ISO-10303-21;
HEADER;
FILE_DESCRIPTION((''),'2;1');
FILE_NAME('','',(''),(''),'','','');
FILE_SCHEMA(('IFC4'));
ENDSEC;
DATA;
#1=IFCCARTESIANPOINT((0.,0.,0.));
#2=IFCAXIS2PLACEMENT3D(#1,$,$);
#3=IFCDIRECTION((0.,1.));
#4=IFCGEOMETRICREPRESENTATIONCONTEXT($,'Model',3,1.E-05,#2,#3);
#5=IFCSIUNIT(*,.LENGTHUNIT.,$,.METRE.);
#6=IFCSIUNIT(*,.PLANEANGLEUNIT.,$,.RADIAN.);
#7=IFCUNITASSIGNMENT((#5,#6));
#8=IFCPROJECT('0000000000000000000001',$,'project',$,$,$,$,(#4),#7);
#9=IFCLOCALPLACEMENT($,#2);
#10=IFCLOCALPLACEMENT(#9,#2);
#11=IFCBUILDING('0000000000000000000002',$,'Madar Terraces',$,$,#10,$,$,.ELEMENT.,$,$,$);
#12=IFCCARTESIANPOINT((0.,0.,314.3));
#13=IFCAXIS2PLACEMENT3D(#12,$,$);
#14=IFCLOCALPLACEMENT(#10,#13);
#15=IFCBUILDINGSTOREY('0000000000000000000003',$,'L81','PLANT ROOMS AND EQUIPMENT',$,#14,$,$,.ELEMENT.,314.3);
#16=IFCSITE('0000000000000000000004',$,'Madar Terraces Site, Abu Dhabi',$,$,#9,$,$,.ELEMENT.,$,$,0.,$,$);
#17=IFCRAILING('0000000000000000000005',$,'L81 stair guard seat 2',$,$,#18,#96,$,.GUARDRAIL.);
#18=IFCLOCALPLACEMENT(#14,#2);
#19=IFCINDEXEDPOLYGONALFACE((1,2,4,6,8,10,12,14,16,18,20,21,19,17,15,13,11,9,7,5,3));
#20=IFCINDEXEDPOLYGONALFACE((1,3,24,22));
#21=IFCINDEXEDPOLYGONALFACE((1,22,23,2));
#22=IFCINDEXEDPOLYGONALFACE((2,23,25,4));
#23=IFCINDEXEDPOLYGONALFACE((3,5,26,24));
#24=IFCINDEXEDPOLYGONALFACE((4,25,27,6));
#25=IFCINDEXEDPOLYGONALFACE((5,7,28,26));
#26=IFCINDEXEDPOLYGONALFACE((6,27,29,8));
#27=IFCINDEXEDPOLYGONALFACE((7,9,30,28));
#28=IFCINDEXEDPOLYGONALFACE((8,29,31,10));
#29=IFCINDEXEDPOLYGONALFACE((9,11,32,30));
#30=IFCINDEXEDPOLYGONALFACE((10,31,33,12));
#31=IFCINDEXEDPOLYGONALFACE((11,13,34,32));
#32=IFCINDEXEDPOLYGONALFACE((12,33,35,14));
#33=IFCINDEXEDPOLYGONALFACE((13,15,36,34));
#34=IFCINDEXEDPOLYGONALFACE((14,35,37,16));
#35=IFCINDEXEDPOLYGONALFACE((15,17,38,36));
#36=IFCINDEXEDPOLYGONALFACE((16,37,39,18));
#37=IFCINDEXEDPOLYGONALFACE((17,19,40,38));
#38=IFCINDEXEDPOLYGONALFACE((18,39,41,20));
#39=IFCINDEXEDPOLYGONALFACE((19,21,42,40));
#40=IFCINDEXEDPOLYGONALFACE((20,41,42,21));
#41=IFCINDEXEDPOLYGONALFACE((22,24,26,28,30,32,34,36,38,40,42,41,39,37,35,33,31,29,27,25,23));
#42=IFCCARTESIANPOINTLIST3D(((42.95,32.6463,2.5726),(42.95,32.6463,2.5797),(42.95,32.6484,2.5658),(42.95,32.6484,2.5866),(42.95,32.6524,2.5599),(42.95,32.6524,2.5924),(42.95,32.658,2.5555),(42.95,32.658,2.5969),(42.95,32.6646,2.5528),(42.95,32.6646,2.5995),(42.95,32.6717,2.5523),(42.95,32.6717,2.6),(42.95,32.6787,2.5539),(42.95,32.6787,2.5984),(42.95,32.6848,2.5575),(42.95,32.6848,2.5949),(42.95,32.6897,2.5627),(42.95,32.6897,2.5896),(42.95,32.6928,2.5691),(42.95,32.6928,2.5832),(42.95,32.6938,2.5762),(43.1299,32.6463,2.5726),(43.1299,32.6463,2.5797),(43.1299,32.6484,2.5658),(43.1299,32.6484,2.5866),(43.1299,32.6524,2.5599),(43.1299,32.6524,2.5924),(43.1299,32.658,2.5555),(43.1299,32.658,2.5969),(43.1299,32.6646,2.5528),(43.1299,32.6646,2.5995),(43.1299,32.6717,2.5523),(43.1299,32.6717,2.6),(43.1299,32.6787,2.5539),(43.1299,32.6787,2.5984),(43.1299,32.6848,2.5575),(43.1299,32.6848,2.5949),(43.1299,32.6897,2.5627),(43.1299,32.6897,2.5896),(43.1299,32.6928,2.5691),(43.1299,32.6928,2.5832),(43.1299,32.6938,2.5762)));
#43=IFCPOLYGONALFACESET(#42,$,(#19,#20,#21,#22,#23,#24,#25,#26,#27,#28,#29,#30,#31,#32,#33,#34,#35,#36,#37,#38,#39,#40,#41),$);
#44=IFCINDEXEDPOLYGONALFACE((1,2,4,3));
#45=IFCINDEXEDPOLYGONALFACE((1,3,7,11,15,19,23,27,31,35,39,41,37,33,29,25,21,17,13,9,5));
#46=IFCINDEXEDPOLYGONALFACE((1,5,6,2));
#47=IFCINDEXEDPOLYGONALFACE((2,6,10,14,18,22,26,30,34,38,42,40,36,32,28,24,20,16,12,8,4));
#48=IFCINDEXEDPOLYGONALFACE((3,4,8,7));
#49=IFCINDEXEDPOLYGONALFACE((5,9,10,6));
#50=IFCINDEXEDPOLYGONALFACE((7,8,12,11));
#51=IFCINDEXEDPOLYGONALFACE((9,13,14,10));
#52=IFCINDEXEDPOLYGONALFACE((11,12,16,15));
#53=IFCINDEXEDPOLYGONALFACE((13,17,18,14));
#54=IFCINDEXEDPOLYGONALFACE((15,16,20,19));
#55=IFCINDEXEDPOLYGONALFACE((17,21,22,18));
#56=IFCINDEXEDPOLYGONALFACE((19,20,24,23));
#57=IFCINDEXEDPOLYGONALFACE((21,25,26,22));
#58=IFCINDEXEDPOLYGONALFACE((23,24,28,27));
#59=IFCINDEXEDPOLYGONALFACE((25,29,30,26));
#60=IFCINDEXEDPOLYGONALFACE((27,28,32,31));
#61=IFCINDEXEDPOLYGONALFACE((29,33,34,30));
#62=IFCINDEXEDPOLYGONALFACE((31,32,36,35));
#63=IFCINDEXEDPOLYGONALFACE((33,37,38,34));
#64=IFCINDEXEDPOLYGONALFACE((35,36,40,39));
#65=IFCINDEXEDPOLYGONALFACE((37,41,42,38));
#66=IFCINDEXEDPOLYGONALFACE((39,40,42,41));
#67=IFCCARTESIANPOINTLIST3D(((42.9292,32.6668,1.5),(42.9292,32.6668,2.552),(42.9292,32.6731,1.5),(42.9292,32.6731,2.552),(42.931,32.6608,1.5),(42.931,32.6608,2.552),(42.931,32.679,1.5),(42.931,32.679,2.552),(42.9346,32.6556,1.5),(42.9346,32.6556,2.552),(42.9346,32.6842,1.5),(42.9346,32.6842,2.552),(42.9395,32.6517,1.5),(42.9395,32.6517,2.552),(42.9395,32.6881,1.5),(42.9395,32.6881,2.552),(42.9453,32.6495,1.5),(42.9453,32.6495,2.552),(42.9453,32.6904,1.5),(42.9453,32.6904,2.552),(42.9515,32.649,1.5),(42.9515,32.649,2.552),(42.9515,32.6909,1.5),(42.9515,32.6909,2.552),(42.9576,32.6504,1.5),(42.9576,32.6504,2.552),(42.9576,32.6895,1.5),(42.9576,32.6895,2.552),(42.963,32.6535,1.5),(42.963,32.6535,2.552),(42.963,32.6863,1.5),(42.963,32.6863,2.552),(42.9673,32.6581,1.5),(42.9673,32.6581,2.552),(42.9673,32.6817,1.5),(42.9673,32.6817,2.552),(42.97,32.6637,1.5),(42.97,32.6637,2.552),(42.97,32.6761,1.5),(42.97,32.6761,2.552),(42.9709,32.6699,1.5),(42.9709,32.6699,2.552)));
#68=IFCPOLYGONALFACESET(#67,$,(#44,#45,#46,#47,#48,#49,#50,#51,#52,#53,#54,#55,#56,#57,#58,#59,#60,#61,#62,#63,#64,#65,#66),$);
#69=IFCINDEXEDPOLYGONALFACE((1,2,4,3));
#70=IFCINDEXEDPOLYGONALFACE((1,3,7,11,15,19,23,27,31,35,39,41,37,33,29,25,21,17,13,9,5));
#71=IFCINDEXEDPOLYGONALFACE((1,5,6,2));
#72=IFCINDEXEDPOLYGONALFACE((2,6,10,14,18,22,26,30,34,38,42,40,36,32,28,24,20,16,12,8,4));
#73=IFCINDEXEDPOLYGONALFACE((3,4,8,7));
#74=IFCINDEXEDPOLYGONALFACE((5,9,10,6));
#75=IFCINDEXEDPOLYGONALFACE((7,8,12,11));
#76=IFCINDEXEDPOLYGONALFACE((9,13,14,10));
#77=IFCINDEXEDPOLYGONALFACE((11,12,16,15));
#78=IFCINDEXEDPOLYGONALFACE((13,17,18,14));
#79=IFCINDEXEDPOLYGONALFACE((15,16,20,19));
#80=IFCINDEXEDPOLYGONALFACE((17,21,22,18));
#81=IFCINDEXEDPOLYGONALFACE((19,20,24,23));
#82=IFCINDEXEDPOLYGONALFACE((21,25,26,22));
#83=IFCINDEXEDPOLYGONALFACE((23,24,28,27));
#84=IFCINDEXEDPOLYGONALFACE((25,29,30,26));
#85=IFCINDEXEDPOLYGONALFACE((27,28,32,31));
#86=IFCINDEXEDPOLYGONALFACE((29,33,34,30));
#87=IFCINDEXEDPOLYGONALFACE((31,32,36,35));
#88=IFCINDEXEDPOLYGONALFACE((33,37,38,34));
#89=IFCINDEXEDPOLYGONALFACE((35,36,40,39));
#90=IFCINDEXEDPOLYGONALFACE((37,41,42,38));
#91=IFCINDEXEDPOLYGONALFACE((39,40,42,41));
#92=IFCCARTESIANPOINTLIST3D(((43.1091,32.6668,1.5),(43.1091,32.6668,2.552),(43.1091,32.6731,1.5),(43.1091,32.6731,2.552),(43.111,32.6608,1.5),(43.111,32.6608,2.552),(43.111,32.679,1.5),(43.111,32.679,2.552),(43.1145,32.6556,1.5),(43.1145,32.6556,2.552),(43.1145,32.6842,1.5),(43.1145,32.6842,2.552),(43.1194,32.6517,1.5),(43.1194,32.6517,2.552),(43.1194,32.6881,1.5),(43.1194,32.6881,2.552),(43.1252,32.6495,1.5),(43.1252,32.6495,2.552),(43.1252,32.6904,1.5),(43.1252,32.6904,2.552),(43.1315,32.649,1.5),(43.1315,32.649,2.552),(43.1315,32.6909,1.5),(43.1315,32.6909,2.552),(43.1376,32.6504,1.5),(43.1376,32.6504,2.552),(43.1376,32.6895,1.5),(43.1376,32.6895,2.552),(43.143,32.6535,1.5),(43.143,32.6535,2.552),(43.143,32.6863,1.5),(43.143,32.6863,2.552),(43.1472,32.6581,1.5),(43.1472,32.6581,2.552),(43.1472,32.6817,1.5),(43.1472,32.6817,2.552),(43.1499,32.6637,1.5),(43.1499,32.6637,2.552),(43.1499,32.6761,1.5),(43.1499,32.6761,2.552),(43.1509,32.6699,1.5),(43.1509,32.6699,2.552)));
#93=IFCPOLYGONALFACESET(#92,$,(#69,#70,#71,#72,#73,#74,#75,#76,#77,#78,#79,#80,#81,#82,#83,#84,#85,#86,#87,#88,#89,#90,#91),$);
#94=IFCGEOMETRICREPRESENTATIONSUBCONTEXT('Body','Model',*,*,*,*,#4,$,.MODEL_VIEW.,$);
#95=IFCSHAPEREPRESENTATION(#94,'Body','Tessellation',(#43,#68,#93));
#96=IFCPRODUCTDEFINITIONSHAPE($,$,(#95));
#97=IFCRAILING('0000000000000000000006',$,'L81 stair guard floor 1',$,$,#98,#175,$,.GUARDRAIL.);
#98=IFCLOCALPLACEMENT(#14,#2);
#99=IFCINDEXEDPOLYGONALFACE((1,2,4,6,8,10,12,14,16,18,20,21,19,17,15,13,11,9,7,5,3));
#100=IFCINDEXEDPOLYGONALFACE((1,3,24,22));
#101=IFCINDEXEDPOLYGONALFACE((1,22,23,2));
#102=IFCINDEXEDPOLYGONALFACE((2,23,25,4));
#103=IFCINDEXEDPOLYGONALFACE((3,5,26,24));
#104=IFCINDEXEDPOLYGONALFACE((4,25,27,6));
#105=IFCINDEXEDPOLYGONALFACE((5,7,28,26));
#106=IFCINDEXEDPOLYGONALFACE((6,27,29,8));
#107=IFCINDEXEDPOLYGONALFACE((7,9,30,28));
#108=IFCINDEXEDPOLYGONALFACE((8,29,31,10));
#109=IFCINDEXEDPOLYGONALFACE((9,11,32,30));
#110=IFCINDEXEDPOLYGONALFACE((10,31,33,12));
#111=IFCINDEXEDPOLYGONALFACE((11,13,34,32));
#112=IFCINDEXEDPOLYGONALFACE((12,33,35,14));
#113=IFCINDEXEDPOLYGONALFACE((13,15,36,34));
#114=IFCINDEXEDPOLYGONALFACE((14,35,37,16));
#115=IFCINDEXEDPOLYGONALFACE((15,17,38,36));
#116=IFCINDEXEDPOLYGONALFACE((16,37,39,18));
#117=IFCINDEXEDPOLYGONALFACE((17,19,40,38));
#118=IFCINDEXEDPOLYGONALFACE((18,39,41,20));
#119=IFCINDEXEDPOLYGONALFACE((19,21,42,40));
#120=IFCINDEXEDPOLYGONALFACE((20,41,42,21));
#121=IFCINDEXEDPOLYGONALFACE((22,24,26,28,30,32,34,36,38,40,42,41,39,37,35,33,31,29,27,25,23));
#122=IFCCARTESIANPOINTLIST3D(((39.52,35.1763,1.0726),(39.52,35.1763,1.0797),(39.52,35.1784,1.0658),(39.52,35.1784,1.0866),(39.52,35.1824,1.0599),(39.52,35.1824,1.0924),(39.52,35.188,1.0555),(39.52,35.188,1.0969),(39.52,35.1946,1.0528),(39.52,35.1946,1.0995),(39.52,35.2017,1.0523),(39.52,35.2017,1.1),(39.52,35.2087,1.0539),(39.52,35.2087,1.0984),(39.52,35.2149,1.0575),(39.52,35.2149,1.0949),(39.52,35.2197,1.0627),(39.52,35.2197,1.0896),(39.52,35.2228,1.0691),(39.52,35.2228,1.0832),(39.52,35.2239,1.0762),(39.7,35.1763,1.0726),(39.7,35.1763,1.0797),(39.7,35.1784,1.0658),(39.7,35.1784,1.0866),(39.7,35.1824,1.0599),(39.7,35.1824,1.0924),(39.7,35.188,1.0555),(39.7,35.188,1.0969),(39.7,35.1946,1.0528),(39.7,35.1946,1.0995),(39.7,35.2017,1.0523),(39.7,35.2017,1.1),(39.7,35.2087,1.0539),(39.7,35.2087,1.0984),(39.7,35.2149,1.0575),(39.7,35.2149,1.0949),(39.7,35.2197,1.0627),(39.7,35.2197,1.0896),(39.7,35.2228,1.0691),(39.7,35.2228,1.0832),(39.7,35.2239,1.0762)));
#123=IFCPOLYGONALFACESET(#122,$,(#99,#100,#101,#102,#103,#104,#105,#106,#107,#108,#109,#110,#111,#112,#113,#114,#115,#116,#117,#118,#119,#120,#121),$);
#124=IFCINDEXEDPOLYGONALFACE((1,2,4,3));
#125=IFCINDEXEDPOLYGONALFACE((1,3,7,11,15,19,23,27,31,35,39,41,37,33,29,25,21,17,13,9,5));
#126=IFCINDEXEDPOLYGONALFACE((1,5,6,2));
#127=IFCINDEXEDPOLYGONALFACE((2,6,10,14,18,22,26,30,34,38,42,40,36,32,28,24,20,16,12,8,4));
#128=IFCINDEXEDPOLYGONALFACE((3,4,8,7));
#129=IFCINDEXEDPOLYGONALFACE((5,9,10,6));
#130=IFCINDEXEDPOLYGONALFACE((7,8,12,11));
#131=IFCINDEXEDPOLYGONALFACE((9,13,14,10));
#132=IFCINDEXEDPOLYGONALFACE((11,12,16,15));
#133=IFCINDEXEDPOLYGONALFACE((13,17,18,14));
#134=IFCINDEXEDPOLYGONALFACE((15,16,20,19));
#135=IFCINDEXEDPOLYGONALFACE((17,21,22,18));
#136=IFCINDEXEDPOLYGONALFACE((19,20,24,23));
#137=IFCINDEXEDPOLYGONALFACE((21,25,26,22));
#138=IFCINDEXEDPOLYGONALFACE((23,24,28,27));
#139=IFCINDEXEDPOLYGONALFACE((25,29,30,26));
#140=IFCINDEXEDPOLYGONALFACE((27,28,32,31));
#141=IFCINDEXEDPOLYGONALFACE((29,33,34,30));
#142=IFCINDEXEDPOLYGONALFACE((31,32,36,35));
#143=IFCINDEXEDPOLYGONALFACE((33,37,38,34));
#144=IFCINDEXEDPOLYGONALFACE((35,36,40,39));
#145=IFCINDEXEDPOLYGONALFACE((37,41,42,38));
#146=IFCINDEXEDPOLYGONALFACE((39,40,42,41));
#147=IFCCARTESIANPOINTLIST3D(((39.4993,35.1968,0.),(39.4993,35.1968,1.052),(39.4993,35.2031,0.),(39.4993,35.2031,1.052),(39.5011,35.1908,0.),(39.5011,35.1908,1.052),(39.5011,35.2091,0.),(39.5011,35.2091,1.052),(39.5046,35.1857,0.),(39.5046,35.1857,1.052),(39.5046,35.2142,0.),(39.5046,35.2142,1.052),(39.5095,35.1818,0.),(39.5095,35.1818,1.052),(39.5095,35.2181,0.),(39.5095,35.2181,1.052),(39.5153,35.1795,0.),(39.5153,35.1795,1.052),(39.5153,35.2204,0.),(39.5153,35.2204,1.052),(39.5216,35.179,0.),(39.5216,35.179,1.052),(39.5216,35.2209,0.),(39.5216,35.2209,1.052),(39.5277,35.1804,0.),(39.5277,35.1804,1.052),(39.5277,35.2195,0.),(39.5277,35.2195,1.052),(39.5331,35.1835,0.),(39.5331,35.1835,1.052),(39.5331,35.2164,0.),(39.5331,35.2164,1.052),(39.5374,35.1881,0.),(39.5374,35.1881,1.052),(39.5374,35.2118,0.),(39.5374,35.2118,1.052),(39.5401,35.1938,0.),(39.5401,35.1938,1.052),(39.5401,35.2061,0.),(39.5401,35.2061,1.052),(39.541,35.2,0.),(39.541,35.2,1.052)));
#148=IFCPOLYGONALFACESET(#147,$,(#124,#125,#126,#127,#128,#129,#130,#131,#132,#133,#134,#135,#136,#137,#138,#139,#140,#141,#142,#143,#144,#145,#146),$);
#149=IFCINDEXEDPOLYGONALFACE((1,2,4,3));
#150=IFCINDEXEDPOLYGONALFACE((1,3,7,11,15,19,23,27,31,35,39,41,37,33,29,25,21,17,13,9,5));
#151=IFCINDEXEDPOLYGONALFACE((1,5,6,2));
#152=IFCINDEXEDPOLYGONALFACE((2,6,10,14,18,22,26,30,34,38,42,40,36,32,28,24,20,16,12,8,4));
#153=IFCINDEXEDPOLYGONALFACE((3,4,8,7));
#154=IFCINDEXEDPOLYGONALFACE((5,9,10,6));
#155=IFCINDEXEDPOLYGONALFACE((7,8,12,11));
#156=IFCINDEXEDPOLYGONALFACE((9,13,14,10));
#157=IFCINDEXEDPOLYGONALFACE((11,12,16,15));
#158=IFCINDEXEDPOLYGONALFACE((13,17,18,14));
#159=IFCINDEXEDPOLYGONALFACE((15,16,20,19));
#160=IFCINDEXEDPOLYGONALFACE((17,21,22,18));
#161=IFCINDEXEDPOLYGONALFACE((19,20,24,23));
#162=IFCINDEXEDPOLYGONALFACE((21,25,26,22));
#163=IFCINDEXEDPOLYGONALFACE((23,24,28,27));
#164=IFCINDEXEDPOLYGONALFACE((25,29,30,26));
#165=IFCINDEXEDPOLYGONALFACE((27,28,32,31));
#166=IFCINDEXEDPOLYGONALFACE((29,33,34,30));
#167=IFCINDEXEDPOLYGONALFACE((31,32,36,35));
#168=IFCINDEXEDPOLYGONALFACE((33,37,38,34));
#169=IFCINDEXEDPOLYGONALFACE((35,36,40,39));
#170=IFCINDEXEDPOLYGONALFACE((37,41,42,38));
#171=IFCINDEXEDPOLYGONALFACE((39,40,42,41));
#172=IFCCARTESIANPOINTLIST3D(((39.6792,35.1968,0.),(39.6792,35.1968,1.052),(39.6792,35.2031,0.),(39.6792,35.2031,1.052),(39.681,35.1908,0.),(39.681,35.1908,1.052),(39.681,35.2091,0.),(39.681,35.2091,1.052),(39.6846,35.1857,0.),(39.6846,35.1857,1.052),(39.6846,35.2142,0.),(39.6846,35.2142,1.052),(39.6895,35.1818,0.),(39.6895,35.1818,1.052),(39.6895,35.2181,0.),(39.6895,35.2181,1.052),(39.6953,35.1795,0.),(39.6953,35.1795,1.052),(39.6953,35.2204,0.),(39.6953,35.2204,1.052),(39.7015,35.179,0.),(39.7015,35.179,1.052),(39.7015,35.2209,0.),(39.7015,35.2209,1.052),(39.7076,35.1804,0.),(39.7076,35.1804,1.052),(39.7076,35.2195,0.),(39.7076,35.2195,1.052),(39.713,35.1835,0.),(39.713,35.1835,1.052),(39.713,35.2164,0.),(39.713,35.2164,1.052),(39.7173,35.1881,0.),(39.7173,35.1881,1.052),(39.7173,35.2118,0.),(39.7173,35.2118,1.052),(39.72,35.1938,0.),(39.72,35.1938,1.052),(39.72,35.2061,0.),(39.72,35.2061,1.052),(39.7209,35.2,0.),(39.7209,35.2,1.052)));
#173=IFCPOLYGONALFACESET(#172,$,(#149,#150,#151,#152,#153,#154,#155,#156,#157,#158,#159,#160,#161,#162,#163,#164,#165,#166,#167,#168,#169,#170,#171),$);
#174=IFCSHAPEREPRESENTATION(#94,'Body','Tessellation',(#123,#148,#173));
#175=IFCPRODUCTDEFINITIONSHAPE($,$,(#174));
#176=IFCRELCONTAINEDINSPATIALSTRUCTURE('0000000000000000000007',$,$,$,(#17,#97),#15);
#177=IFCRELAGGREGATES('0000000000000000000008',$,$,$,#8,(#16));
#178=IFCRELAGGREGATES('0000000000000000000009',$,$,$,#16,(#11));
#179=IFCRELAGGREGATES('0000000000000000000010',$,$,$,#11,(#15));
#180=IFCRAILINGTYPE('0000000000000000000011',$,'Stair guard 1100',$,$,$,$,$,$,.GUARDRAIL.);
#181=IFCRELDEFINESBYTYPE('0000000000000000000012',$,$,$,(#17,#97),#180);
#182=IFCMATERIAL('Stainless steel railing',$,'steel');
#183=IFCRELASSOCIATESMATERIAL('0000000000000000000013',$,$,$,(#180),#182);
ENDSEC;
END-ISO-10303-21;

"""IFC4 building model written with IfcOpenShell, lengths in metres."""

from ifc_helpers import new_model, si_unit, direction, frame, origin, origin_2d, place, context, subcontext, project, spatial, circle, extrude, material, type_object, element, save


model = new_model("IFC4")

# Units and contexts
model_context = context("Model", 3, precision=1e-05, world=origin(), true_north=direction((0.0, 1.0)))
body_context = subcontext(model_context, "Body", "Model", "MODEL_VIEW")
ifc_project = project(units=[si_unit("LENGTHUNIT", "METRE"), si_unit("PLANEANGLEUNIT", "RADIAN")], contexts=[model_context])

# Site, building, storey
site_placement = place(None, origin())
site = spatial("IfcSite", under=ifc_project, at=site_placement, Name="Madar Terraces Site, Abu Dhabi", CompositionType="ELEMENT", RefElevation=0.0)
building_placement = place(site_placement, origin())
building = spatial("IfcBuilding", under=site, at=building_placement, Name="Madar Terraces", CompositionType="ELEMENT")
storey_placement = place(building_placement, frame((0.0, 0.0, 314.3)))
storey = spatial("IfcBuildingStorey", under=building, at=storey_placement, Name="L81", Description="PLANT ROOMS AND EQUIPMENT", CompositionType="ELEMENT", Elevation=314.3)

# Railings
ifc_material_1 = material(Name="Stainless steel railing", Category="steel")
railing_type_1 = type_object("IfcRailingType", Name="Stair guard 1100", PredefinedType="GUARDRAIL", material=ifc_material_1)
for number, where, name in (
    (1, (42.95, 32.6699, 1.5), "L81 stair guard seat 2"),
    (2, (39.52, 35.2, 0.0), "L81 stair guard floor 1"),
):
    element("IfcRailing", number, at=place(storey_placement, frame(where)), inside=storey, type_object=railing_type_1, Name=name, PredefinedType="GUARDRAIL", context=body_context, shape_type="SweptSolid", body=[
        extrude(circle(Radius=0.0239, at=origin_2d()), frame((0.0, 0.0, 1.0762), z_axis=(1.0, 0.0, 0.0), x_axis=(0.0, 1.0, 0.0)), (0.0, 0.0, 1.0), 0.1799),
        extrude(circle(Radius=0.021, at=origin_2d()), origin(), (0.0, 0.0, 1.0), 1.052),
        extrude(circle(Radius=0.021, at=origin_2d()), frame((0.1799, 0.0, 0.0)), (0.0, 0.0, 1.0), 1.052),
    ])

save(model, "model.ifc")
